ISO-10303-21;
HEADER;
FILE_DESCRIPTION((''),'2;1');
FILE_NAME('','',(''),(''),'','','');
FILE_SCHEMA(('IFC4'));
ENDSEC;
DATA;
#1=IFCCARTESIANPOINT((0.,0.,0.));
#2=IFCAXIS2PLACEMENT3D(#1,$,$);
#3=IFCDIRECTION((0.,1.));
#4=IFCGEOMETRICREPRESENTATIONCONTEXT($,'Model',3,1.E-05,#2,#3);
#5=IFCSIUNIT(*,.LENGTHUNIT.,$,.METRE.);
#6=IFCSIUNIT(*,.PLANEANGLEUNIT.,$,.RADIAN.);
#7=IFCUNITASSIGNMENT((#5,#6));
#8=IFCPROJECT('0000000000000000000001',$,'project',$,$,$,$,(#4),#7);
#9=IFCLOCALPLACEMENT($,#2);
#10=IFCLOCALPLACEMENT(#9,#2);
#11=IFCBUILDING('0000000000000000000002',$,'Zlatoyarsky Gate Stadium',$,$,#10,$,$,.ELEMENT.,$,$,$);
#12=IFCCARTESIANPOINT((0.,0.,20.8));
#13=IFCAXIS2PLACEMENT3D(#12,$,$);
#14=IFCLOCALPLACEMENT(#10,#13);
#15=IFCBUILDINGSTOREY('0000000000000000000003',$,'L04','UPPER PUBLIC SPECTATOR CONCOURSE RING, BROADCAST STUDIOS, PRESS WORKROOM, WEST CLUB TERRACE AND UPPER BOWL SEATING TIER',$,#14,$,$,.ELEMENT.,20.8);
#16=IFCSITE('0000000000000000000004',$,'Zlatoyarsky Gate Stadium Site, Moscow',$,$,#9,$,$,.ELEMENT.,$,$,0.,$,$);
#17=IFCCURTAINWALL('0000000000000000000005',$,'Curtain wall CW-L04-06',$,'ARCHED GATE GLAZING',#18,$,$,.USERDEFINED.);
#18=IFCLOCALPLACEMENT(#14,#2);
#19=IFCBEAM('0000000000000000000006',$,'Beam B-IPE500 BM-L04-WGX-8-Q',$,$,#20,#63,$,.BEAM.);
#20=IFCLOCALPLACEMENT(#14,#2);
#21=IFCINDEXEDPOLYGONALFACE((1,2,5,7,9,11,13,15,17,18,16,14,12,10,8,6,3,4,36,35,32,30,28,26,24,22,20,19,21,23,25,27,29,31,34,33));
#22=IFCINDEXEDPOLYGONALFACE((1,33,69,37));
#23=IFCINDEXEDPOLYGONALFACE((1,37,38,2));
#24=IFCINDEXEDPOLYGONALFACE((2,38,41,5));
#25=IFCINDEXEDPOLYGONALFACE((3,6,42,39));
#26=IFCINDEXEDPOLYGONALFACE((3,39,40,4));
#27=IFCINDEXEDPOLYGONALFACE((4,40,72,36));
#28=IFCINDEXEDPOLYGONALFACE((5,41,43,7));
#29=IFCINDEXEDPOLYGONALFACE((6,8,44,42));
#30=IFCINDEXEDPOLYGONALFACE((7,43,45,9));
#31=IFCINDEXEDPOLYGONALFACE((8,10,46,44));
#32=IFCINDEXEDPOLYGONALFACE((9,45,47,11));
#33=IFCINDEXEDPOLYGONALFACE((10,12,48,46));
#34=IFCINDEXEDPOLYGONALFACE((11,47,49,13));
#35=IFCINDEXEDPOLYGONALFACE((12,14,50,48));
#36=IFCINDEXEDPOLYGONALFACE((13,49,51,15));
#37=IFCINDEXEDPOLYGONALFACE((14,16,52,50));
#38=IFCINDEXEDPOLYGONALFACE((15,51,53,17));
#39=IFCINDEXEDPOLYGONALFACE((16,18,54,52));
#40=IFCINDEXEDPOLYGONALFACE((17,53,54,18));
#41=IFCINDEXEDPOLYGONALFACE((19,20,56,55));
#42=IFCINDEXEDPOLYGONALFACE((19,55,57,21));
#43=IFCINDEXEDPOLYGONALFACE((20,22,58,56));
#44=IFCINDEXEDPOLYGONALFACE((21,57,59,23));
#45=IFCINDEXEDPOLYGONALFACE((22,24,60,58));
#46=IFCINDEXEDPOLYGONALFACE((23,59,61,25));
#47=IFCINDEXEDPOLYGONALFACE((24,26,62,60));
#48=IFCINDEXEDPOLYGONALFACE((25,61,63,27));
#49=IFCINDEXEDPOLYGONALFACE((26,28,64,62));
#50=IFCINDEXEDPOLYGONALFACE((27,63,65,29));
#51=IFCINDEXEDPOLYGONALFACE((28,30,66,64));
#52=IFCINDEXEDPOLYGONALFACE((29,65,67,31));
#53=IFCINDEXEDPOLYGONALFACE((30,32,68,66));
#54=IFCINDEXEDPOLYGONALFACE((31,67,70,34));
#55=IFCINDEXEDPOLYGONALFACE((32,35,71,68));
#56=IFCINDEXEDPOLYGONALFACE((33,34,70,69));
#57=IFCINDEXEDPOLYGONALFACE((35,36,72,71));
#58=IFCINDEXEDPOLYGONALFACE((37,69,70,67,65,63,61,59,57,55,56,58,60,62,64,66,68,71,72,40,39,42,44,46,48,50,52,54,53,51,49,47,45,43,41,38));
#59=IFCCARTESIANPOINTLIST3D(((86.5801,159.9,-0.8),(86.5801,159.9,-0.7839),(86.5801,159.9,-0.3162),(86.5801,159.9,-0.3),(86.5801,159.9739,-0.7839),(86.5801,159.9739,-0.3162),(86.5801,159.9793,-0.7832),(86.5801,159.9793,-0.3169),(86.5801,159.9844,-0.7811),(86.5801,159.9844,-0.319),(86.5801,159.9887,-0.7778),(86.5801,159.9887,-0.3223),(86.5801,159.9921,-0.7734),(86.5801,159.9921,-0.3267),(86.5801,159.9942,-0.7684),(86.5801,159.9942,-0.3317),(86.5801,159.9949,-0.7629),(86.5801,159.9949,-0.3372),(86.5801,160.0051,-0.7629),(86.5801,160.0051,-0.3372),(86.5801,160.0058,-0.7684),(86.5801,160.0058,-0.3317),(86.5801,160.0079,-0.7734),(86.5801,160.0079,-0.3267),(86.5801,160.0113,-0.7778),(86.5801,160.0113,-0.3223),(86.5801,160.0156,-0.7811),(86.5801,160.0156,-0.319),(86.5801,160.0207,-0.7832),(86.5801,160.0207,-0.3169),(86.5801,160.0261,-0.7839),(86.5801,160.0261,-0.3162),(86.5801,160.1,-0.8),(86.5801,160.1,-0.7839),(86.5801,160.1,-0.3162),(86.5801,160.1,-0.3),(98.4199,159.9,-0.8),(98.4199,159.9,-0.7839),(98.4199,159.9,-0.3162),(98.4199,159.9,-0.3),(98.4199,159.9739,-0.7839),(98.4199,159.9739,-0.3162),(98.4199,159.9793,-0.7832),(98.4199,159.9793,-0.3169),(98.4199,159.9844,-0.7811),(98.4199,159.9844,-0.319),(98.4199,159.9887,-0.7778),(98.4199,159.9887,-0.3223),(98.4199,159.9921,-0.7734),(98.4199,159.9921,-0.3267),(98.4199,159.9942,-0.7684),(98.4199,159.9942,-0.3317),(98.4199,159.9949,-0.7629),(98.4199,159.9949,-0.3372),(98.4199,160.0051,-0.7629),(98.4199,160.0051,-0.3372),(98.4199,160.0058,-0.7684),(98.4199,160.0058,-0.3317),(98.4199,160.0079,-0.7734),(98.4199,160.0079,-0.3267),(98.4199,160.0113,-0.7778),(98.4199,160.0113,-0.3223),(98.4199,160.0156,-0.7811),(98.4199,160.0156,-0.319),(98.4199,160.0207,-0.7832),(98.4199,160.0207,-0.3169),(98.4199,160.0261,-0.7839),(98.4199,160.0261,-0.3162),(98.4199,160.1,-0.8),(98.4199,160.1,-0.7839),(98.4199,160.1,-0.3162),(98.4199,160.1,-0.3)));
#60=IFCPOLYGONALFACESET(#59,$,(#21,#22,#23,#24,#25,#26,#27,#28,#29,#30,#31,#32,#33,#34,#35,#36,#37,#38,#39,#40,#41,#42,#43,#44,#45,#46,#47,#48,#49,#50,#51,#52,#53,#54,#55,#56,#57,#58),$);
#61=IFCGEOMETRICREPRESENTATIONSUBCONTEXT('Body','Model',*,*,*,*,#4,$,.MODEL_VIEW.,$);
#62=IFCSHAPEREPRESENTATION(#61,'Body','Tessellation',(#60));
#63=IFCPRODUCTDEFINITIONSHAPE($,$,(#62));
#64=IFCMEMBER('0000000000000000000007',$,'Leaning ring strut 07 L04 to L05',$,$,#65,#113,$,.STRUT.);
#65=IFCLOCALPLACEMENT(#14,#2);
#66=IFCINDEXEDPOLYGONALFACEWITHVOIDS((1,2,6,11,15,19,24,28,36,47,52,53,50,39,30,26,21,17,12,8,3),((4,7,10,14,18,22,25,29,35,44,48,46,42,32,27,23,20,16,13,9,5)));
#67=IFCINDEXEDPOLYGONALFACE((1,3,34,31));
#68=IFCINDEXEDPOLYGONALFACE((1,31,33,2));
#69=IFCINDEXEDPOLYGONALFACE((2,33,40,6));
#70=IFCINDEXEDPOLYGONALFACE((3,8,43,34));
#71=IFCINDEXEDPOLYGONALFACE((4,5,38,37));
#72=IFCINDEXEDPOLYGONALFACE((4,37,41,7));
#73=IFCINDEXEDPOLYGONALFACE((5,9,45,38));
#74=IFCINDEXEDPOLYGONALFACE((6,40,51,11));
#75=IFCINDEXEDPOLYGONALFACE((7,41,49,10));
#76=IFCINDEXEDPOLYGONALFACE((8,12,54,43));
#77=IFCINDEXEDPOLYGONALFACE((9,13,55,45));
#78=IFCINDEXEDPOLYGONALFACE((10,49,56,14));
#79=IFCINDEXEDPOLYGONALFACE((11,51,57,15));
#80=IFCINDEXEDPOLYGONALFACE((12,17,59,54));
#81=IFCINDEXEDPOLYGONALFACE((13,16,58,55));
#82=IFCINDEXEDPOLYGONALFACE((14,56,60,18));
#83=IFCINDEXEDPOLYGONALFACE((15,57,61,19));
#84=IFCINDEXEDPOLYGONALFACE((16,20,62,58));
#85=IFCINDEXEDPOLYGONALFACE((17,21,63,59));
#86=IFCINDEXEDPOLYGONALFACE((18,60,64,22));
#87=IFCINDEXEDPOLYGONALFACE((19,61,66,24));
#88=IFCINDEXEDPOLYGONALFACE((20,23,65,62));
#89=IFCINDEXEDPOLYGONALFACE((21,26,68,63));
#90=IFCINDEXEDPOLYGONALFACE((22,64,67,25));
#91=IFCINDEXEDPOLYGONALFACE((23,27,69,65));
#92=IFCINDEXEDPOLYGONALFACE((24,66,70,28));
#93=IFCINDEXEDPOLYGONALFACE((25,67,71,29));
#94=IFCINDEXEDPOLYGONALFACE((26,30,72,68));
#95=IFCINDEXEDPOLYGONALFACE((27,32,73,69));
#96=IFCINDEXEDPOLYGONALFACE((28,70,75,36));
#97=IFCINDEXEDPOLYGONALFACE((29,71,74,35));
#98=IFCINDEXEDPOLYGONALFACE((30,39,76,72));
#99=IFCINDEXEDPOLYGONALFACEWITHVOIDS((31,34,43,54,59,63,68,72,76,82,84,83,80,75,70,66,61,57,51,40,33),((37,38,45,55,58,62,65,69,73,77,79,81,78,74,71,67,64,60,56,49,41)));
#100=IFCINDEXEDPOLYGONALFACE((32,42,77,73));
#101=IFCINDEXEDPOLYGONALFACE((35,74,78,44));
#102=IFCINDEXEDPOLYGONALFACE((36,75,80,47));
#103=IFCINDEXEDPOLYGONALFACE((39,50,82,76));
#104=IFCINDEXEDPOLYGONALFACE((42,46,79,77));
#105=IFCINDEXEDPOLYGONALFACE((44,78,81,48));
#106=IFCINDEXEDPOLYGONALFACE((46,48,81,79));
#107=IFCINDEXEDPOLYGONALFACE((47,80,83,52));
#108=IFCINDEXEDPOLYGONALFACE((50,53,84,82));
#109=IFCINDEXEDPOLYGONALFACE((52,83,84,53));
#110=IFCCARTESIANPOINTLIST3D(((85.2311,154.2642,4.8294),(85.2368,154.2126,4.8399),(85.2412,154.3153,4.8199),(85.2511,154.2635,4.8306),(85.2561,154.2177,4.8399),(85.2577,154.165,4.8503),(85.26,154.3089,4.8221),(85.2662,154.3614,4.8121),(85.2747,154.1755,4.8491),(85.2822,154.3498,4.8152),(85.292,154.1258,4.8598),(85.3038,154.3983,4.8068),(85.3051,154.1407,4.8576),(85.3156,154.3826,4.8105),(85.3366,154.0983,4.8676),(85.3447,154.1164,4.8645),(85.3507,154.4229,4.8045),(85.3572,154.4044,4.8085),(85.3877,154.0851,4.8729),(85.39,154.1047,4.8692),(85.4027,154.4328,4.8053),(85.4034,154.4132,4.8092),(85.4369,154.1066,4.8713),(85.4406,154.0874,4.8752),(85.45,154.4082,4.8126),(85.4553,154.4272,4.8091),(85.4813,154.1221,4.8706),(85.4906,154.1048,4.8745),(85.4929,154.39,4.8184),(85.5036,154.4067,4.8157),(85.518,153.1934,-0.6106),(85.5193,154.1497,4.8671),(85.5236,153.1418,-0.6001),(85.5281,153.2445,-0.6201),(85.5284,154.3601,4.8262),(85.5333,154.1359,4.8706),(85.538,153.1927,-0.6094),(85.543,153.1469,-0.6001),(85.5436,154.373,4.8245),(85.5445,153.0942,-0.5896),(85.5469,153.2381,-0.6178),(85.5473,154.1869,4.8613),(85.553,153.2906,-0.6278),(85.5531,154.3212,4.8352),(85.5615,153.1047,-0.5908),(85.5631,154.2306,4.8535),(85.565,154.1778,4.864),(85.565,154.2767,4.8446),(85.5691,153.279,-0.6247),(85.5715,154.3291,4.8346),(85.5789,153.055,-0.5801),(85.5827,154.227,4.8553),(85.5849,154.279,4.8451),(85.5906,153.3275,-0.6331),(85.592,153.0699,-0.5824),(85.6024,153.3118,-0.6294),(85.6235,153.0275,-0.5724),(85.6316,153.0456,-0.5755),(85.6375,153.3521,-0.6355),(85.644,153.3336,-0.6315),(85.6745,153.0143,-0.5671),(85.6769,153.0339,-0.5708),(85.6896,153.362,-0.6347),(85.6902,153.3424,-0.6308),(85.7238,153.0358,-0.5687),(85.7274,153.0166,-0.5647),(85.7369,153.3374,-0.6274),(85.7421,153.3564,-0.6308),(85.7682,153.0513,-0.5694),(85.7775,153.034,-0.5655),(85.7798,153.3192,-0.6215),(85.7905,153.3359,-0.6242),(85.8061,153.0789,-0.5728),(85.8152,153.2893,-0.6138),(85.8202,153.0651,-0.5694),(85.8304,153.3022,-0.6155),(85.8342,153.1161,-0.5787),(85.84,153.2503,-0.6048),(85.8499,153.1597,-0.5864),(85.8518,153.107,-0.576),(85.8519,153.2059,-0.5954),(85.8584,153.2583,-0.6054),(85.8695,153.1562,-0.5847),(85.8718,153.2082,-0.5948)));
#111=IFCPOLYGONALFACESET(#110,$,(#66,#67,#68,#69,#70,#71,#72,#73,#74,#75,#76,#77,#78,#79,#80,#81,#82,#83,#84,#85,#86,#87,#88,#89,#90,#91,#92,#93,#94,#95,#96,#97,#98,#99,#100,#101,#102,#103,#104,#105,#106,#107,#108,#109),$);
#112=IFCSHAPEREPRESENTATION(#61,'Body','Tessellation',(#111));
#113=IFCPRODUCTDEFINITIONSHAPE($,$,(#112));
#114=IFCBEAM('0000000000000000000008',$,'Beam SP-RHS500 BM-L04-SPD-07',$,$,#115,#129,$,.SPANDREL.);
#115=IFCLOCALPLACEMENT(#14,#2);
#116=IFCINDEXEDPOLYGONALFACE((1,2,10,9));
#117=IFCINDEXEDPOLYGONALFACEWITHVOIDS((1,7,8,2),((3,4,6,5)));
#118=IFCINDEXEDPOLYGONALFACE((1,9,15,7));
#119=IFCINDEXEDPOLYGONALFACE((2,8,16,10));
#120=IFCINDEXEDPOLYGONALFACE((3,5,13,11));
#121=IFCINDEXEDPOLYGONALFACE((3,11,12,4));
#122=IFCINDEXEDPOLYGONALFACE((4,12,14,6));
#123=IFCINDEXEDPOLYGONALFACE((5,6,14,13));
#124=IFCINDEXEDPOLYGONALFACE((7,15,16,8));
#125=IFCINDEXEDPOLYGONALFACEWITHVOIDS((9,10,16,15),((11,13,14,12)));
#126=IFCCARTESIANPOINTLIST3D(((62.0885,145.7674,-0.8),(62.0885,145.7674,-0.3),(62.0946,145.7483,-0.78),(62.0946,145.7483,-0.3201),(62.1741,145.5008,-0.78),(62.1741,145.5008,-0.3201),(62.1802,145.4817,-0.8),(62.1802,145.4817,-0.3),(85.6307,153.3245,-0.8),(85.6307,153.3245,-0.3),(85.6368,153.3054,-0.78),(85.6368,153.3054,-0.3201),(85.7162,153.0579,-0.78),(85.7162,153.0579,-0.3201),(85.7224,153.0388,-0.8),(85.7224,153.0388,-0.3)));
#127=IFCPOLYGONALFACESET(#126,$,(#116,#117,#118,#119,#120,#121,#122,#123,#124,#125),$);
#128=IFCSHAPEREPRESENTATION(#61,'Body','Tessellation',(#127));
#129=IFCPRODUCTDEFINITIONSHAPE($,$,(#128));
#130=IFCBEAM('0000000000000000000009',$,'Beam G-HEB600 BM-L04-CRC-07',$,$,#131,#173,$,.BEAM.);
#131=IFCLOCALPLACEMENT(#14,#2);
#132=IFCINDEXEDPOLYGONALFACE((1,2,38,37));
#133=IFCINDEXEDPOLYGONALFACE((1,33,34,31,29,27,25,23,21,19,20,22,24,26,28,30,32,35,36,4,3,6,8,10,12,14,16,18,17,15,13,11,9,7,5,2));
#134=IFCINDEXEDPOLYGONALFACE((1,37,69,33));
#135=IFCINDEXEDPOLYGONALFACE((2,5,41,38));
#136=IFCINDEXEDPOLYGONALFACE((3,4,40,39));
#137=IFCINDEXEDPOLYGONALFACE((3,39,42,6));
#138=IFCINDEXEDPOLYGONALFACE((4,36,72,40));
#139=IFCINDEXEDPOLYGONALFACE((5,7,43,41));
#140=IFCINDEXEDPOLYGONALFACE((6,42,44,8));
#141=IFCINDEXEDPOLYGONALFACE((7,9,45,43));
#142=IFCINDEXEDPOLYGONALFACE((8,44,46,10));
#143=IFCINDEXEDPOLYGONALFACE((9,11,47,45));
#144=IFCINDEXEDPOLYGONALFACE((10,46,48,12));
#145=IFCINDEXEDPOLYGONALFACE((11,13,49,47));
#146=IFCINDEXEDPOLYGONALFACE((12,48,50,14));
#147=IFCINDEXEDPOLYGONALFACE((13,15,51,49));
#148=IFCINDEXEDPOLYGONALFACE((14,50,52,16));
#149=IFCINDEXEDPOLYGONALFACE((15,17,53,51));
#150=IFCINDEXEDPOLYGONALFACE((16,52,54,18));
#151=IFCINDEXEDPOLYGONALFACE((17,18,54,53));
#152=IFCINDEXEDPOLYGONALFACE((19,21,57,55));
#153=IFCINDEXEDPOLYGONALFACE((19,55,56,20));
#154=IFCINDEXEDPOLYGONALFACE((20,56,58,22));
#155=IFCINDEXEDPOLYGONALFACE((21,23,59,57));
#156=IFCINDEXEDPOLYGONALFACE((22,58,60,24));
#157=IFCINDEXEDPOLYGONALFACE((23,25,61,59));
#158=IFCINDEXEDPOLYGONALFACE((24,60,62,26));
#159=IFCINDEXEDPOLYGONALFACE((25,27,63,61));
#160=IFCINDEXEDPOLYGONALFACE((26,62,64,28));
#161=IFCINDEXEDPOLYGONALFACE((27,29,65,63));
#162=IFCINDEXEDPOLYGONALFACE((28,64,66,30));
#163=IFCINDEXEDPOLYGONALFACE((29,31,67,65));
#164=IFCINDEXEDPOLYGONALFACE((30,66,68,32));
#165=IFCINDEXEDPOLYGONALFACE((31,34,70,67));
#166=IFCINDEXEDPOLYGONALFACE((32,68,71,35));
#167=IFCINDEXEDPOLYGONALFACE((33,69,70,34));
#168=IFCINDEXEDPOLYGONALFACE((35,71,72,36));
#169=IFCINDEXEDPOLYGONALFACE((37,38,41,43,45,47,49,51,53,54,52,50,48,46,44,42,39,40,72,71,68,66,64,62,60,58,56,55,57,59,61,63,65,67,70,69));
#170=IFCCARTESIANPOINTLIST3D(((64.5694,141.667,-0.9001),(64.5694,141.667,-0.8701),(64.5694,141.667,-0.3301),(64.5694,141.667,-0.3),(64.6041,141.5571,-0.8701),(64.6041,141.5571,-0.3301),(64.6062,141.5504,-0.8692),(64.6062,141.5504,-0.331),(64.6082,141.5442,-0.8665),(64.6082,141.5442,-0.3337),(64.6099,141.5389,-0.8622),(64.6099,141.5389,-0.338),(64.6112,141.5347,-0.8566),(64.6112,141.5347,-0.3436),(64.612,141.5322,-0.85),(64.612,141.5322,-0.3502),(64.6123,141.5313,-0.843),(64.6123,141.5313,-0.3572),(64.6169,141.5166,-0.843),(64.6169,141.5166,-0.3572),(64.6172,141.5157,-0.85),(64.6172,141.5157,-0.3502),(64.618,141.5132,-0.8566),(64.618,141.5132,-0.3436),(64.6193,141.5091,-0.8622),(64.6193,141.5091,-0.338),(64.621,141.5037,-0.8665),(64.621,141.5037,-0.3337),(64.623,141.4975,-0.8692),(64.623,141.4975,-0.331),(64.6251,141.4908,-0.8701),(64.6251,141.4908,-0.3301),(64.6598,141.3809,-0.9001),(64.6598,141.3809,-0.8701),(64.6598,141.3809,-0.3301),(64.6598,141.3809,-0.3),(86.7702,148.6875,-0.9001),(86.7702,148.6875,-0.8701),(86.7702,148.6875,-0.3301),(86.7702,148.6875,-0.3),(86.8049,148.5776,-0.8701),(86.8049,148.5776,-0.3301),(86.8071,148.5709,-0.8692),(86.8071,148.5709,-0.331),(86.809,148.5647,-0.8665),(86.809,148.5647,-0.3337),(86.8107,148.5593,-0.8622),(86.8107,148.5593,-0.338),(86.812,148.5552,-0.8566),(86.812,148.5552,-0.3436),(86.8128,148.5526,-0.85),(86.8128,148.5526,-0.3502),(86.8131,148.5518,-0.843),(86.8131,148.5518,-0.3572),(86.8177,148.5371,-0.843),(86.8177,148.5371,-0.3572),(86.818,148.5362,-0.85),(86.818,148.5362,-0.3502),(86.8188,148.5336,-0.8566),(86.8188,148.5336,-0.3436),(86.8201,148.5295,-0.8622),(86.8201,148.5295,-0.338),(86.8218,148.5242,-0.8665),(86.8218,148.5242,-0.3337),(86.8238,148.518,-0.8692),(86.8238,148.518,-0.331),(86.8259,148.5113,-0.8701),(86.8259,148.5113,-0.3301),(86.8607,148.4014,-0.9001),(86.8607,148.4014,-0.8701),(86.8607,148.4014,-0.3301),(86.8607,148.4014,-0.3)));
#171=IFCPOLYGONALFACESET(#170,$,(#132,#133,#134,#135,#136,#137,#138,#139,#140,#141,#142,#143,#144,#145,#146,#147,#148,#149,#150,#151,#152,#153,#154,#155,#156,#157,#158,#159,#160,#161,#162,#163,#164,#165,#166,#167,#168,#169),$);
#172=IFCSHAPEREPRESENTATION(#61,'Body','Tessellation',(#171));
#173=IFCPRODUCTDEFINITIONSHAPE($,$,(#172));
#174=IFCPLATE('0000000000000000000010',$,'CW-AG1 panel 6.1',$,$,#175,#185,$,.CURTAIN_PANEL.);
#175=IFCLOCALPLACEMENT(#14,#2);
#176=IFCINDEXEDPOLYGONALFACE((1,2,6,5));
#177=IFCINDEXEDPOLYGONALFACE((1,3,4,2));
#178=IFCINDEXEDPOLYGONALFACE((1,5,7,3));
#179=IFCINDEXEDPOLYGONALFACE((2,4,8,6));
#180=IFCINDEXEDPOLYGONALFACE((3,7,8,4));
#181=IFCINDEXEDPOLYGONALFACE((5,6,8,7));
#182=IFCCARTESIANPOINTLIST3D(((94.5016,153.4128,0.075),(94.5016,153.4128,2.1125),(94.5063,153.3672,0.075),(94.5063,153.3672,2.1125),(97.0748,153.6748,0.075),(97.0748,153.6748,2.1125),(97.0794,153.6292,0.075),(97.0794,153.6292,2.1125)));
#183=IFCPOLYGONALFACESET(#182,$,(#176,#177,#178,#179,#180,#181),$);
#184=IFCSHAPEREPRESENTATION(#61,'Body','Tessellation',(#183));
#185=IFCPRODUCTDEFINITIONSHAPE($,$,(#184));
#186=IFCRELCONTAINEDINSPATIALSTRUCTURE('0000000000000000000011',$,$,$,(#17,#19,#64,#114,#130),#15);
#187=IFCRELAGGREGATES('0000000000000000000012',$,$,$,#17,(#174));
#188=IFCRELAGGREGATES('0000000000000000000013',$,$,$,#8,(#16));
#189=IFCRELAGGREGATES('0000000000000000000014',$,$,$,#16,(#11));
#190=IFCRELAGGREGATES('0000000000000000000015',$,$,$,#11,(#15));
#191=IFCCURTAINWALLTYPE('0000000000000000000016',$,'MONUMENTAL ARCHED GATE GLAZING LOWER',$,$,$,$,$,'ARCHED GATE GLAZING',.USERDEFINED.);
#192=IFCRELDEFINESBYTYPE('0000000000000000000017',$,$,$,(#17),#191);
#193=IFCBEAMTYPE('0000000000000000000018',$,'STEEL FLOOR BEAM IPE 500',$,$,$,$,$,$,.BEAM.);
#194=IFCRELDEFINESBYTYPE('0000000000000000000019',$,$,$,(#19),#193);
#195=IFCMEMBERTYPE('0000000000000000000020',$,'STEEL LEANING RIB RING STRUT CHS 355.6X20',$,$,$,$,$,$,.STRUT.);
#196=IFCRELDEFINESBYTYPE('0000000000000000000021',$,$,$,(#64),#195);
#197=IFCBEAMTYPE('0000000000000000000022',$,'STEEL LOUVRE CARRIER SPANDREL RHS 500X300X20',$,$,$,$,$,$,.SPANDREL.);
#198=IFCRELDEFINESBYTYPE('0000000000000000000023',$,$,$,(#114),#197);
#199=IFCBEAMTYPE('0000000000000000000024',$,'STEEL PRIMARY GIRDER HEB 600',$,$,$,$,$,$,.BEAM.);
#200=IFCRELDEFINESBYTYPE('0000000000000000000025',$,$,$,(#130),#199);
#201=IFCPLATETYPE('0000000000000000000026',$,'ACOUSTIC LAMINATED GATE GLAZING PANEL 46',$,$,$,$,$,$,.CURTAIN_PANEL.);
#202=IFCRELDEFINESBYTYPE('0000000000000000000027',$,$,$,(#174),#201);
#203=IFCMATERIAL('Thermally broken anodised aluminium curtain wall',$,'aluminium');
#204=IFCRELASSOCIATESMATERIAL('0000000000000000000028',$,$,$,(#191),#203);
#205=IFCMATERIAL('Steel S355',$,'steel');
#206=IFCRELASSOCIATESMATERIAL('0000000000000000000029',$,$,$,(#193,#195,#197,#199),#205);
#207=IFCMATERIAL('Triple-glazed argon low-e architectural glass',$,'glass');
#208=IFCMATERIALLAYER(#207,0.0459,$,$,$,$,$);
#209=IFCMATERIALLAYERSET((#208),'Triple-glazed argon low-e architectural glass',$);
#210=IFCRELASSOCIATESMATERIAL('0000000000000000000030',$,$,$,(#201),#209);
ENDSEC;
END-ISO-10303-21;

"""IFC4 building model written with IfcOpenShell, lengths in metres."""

from ifc_helpers import new_model, si_unit, direction, frame, origin, origin_2d, place, context, subcontext, project, spatial, rectangle, hollow_rectangle, hollow_circle, i_section, extrude, material, layer, layer_set, material_profile, profile_set, type_object, element, aggregate, save


model = new_model("IFC4")

# Units and contexts
model_context = context("Model", 3, precision=1e-05, world=origin(), true_north=direction((0.0, 1.0)))
body_context = subcontext(model_context, "Body", "Model", "MODEL_VIEW")
ifc_project = project(units=[si_unit("LENGTHUNIT", "METRE"), si_unit("PLANEANGLEUNIT", "RADIAN")], contexts=[model_context])

# Site, building, storey
site_placement = place(None, origin())
site = spatial("IfcSite", under=ifc_project, at=site_placement, Name="Zlatoyarsky Gate Stadium Site, Moscow", CompositionType="ELEMENT", RefElevation=0.0)
building_placement = place(site_placement, origin())
building = spatial("IfcBuilding", under=site, at=building_placement, Name="Zlatoyarsky Gate Stadium", CompositionType="ELEMENT")
storey_placement = place(building_placement, frame((0.0, 0.0, 20.8)))
storey = spatial("IfcBuildingStorey", under=building, at=storey_placement, Name="L04", Description="UPPER PUBLIC SPECTATOR CONCOURSE RING, BROADCAST STUDIOS, PRESS WORKROOM, WEST CLUB TERRACE AND UPPER BOWL SEATING TIER", CompositionType="ELEMENT", Elevation=20.8)

# Shared definitions
ifc_material_1 = material(Name="Steel S355", Category="steel")

# Curtain wall
ifc_material_2 = material(Name="Thermally broken anodised aluminium curtain wall", Category="aluminium")
curtain_wall_type_1 = type_object("IfcCurtainWallType", Name="MONUMENTAL ARCHED GATE GLAZING LOWER", ElementType="ARCHED GATE GLAZING", PredefinedType="USERDEFINED", material=ifc_material_2)
curtain_wall_1_placement = place(storey_placement, origin())
curtain_wall_1 = element("IfcCurtainWall", 1, at=curtain_wall_1_placement, inside=storey, type_object=curtain_wall_type_1, Name="Curtain wall CW-L04-06", ObjectType="ARCHED GATE GLAZING", PredefinedType="USERDEFINED")

# Beam
ifc_material_profile_1 = material_profile(ifc_material_1, i_section(OverallWidth=0.2, OverallDepth=0.5, WebThickness=0.0103, FlangeThickness=0.0161, FilletRadius=0.021, at=origin_2d()), Name="IPE 500")
ifc_profile_set_1 = profile_set([ifc_material_profile_1], Name="Steel S355")
beam_type_1 = type_object("IfcBeamType", Name="STEEL FLOOR BEAM IPE 500", PredefinedType="BEAM", material=ifc_profile_set_1)
beam_1_placement = place(storey_placement, frame((86.5801, 160.0, -0.55), z_axis=(1.0, 0.0, 0.0), x_axis=(0.0, 1.0, 0.0)))
element("IfcBeam", 2, at=beam_1_placement, inside=storey, type_object=beam_type_1, Name="Beam B-IPE500 BM-L04-WGX-8-Q", PredefinedType="BEAM", context=body_context, shape_type="SweptSolid", body=[
    extrude(i_section(OverallWidth=0.2, OverallDepth=0.5, WebThickness=0.0103, FlangeThickness=0.0161, FilletRadius=0.021, at=origin_2d()), origin(), (0.0, 0.0, 1.0), 11.8398),
])

# Member
ifc_material_profile_2 = material_profile(ifc_material_1, hollow_circle(Radius=0.1777, WallThickness=0.02, at=origin_2d()), Name="CHS 355.6X20")
ifc_profile_set_2 = profile_set([ifc_material_profile_2], Name="Steel S355")
member_type_1 = type_object("IfcMemberType", Name="STEEL LEANING RIB RING STRUT CHS 355.6X20", PredefinedType="STRUT", material=ifc_profile_set_2)
member_1_placement = place(storey_placement, frame((85.6953, 153.1877, -0.6001), z_axis=(-0.051671, 0.192876, 0.979862), x_axis=(-0.965938, -0.258773, 0.0)))
element("IfcMember", 3, at=member_1_placement, inside=storey, type_object=member_type_1, Name="Leaning ring strut 07 L04 to L05", PredefinedType="STRUT", context=body_context, shape_type="SweptSolid", body=[
    extrude(hollow_circle(Radius=0.1777, WallThickness=0.02, at=origin_2d()), origin(), (0.0, 0.0, 1.0), 5.5518),
])

# Beams
ifc_material_profile_3 = material_profile(ifc_material_1, hollow_rectangle(XDim=0.3, YDim=0.5, WallThickness=0.02, at=origin_2d()), Name="RHS 500X300X20")
ifc_profile_set_3 = profile_set([ifc_material_profile_3], Name="Steel S355")
beam_type_2 = type_object("IfcBeamType", Name="STEEL LOUVRE CARRIER SPANDREL RHS 500X300X20", PredefinedType="SPANDREL", material=ifc_profile_set_3)
beam_2_placement = place(storey_placement, frame((85.6765, 153.1816, -0.55), z_axis=(-0.952147, -0.305642, 0.0), x_axis=(0.305642, -0.952147, 0.0)))
element("IfcBeam", 4, at=beam_2_placement, inside=storey, type_object=beam_type_2, Name="Beam SP-RHS500 BM-L04-SPD-07", PredefinedType="SPANDREL", context=body_context, shape_type="SweptSolid", body=[
    extrude(hollow_rectangle(XDim=0.3, YDim=0.5, WallThickness=0.02, at=origin_2d()), origin(), (0.0, 0.0, 1.0), 24.7253),
])
ifc_material_profile_4 = material_profile(ifc_material_1, i_section(OverallWidth=0.3, OverallDepth=0.6001, WebThickness=0.0154, FlangeThickness=0.03, FilletRadius=0.0271, at=origin_2d()), Name="HEB 600")
ifc_profile_set_4 = profile_set([ifc_material_profile_4], Name="Steel S355")
beam_type_3 = type_object("IfcBeamType", Name="STEEL PRIMARY GIRDER HEB 600", PredefinedType="BEAM", material=ifc_profile_set_4)
beam_3_placement = place(storey_placement, frame((86.8154, 148.5444, -0.6001), z_axis=(-0.953463, -0.30151, 0.0), x_axis=(0.30151, -0.953463, 0.0)))
element("IfcBeam", 5, at=beam_3_placement, inside=storey, type_object=beam_type_3, Name="Beam G-HEB600 BM-L04-CRC-07", PredefinedType="BEAM", context=body_context, shape_type="SweptSolid", body=[
    extrude(i_section(OverallWidth=0.3, OverallDepth=0.6001, WebThickness=0.0154, FlangeThickness=0.03, FilletRadius=0.0271, at=origin_2d()), origin(), (0.0, 0.0, 1.0), 23.2844),
])

# Plate
ifc_material_3 = material(Name="Triple-glazed argon low-e architectural glass", Category="glass")
ifc_layer_1 = layer(ifc_material_3, 0.0459)
ifc_layer_set_1 = layer_set([ifc_layer_1], Name="Triple-glazed argon low-e architectural glass")
plate_type_1 = type_object("IfcPlateType", Name="ACOUSTIC LAMINATED GATE GLAZING PANEL 46", PredefinedType="CURTAIN_PANEL", material=ifc_layer_set_1)
plate_1_placement = place(storey_placement, frame((95.7905, 153.521, 0.075), z_axis=(0.0, 0.0, 1.0), x_axis=(-0.994857, -0.101293, 0.0)))
plate_1 = element("IfcPlate", 6, at=plate_1_placement, type_object=plate_type_1, Name="CW-AG1 panel 6.1", PredefinedType="CURTAIN_PANEL", context=body_context, shape_type="SweptSolid", body=[
    extrude(rectangle(XDim=2.5864, YDim=0.0459, at=origin_2d()), origin(), (0.0, 0.0, 1.0), 2.0376),
])
aggregate(curtain_wall_1, [plate_1])

save(model, "model.ifc")
